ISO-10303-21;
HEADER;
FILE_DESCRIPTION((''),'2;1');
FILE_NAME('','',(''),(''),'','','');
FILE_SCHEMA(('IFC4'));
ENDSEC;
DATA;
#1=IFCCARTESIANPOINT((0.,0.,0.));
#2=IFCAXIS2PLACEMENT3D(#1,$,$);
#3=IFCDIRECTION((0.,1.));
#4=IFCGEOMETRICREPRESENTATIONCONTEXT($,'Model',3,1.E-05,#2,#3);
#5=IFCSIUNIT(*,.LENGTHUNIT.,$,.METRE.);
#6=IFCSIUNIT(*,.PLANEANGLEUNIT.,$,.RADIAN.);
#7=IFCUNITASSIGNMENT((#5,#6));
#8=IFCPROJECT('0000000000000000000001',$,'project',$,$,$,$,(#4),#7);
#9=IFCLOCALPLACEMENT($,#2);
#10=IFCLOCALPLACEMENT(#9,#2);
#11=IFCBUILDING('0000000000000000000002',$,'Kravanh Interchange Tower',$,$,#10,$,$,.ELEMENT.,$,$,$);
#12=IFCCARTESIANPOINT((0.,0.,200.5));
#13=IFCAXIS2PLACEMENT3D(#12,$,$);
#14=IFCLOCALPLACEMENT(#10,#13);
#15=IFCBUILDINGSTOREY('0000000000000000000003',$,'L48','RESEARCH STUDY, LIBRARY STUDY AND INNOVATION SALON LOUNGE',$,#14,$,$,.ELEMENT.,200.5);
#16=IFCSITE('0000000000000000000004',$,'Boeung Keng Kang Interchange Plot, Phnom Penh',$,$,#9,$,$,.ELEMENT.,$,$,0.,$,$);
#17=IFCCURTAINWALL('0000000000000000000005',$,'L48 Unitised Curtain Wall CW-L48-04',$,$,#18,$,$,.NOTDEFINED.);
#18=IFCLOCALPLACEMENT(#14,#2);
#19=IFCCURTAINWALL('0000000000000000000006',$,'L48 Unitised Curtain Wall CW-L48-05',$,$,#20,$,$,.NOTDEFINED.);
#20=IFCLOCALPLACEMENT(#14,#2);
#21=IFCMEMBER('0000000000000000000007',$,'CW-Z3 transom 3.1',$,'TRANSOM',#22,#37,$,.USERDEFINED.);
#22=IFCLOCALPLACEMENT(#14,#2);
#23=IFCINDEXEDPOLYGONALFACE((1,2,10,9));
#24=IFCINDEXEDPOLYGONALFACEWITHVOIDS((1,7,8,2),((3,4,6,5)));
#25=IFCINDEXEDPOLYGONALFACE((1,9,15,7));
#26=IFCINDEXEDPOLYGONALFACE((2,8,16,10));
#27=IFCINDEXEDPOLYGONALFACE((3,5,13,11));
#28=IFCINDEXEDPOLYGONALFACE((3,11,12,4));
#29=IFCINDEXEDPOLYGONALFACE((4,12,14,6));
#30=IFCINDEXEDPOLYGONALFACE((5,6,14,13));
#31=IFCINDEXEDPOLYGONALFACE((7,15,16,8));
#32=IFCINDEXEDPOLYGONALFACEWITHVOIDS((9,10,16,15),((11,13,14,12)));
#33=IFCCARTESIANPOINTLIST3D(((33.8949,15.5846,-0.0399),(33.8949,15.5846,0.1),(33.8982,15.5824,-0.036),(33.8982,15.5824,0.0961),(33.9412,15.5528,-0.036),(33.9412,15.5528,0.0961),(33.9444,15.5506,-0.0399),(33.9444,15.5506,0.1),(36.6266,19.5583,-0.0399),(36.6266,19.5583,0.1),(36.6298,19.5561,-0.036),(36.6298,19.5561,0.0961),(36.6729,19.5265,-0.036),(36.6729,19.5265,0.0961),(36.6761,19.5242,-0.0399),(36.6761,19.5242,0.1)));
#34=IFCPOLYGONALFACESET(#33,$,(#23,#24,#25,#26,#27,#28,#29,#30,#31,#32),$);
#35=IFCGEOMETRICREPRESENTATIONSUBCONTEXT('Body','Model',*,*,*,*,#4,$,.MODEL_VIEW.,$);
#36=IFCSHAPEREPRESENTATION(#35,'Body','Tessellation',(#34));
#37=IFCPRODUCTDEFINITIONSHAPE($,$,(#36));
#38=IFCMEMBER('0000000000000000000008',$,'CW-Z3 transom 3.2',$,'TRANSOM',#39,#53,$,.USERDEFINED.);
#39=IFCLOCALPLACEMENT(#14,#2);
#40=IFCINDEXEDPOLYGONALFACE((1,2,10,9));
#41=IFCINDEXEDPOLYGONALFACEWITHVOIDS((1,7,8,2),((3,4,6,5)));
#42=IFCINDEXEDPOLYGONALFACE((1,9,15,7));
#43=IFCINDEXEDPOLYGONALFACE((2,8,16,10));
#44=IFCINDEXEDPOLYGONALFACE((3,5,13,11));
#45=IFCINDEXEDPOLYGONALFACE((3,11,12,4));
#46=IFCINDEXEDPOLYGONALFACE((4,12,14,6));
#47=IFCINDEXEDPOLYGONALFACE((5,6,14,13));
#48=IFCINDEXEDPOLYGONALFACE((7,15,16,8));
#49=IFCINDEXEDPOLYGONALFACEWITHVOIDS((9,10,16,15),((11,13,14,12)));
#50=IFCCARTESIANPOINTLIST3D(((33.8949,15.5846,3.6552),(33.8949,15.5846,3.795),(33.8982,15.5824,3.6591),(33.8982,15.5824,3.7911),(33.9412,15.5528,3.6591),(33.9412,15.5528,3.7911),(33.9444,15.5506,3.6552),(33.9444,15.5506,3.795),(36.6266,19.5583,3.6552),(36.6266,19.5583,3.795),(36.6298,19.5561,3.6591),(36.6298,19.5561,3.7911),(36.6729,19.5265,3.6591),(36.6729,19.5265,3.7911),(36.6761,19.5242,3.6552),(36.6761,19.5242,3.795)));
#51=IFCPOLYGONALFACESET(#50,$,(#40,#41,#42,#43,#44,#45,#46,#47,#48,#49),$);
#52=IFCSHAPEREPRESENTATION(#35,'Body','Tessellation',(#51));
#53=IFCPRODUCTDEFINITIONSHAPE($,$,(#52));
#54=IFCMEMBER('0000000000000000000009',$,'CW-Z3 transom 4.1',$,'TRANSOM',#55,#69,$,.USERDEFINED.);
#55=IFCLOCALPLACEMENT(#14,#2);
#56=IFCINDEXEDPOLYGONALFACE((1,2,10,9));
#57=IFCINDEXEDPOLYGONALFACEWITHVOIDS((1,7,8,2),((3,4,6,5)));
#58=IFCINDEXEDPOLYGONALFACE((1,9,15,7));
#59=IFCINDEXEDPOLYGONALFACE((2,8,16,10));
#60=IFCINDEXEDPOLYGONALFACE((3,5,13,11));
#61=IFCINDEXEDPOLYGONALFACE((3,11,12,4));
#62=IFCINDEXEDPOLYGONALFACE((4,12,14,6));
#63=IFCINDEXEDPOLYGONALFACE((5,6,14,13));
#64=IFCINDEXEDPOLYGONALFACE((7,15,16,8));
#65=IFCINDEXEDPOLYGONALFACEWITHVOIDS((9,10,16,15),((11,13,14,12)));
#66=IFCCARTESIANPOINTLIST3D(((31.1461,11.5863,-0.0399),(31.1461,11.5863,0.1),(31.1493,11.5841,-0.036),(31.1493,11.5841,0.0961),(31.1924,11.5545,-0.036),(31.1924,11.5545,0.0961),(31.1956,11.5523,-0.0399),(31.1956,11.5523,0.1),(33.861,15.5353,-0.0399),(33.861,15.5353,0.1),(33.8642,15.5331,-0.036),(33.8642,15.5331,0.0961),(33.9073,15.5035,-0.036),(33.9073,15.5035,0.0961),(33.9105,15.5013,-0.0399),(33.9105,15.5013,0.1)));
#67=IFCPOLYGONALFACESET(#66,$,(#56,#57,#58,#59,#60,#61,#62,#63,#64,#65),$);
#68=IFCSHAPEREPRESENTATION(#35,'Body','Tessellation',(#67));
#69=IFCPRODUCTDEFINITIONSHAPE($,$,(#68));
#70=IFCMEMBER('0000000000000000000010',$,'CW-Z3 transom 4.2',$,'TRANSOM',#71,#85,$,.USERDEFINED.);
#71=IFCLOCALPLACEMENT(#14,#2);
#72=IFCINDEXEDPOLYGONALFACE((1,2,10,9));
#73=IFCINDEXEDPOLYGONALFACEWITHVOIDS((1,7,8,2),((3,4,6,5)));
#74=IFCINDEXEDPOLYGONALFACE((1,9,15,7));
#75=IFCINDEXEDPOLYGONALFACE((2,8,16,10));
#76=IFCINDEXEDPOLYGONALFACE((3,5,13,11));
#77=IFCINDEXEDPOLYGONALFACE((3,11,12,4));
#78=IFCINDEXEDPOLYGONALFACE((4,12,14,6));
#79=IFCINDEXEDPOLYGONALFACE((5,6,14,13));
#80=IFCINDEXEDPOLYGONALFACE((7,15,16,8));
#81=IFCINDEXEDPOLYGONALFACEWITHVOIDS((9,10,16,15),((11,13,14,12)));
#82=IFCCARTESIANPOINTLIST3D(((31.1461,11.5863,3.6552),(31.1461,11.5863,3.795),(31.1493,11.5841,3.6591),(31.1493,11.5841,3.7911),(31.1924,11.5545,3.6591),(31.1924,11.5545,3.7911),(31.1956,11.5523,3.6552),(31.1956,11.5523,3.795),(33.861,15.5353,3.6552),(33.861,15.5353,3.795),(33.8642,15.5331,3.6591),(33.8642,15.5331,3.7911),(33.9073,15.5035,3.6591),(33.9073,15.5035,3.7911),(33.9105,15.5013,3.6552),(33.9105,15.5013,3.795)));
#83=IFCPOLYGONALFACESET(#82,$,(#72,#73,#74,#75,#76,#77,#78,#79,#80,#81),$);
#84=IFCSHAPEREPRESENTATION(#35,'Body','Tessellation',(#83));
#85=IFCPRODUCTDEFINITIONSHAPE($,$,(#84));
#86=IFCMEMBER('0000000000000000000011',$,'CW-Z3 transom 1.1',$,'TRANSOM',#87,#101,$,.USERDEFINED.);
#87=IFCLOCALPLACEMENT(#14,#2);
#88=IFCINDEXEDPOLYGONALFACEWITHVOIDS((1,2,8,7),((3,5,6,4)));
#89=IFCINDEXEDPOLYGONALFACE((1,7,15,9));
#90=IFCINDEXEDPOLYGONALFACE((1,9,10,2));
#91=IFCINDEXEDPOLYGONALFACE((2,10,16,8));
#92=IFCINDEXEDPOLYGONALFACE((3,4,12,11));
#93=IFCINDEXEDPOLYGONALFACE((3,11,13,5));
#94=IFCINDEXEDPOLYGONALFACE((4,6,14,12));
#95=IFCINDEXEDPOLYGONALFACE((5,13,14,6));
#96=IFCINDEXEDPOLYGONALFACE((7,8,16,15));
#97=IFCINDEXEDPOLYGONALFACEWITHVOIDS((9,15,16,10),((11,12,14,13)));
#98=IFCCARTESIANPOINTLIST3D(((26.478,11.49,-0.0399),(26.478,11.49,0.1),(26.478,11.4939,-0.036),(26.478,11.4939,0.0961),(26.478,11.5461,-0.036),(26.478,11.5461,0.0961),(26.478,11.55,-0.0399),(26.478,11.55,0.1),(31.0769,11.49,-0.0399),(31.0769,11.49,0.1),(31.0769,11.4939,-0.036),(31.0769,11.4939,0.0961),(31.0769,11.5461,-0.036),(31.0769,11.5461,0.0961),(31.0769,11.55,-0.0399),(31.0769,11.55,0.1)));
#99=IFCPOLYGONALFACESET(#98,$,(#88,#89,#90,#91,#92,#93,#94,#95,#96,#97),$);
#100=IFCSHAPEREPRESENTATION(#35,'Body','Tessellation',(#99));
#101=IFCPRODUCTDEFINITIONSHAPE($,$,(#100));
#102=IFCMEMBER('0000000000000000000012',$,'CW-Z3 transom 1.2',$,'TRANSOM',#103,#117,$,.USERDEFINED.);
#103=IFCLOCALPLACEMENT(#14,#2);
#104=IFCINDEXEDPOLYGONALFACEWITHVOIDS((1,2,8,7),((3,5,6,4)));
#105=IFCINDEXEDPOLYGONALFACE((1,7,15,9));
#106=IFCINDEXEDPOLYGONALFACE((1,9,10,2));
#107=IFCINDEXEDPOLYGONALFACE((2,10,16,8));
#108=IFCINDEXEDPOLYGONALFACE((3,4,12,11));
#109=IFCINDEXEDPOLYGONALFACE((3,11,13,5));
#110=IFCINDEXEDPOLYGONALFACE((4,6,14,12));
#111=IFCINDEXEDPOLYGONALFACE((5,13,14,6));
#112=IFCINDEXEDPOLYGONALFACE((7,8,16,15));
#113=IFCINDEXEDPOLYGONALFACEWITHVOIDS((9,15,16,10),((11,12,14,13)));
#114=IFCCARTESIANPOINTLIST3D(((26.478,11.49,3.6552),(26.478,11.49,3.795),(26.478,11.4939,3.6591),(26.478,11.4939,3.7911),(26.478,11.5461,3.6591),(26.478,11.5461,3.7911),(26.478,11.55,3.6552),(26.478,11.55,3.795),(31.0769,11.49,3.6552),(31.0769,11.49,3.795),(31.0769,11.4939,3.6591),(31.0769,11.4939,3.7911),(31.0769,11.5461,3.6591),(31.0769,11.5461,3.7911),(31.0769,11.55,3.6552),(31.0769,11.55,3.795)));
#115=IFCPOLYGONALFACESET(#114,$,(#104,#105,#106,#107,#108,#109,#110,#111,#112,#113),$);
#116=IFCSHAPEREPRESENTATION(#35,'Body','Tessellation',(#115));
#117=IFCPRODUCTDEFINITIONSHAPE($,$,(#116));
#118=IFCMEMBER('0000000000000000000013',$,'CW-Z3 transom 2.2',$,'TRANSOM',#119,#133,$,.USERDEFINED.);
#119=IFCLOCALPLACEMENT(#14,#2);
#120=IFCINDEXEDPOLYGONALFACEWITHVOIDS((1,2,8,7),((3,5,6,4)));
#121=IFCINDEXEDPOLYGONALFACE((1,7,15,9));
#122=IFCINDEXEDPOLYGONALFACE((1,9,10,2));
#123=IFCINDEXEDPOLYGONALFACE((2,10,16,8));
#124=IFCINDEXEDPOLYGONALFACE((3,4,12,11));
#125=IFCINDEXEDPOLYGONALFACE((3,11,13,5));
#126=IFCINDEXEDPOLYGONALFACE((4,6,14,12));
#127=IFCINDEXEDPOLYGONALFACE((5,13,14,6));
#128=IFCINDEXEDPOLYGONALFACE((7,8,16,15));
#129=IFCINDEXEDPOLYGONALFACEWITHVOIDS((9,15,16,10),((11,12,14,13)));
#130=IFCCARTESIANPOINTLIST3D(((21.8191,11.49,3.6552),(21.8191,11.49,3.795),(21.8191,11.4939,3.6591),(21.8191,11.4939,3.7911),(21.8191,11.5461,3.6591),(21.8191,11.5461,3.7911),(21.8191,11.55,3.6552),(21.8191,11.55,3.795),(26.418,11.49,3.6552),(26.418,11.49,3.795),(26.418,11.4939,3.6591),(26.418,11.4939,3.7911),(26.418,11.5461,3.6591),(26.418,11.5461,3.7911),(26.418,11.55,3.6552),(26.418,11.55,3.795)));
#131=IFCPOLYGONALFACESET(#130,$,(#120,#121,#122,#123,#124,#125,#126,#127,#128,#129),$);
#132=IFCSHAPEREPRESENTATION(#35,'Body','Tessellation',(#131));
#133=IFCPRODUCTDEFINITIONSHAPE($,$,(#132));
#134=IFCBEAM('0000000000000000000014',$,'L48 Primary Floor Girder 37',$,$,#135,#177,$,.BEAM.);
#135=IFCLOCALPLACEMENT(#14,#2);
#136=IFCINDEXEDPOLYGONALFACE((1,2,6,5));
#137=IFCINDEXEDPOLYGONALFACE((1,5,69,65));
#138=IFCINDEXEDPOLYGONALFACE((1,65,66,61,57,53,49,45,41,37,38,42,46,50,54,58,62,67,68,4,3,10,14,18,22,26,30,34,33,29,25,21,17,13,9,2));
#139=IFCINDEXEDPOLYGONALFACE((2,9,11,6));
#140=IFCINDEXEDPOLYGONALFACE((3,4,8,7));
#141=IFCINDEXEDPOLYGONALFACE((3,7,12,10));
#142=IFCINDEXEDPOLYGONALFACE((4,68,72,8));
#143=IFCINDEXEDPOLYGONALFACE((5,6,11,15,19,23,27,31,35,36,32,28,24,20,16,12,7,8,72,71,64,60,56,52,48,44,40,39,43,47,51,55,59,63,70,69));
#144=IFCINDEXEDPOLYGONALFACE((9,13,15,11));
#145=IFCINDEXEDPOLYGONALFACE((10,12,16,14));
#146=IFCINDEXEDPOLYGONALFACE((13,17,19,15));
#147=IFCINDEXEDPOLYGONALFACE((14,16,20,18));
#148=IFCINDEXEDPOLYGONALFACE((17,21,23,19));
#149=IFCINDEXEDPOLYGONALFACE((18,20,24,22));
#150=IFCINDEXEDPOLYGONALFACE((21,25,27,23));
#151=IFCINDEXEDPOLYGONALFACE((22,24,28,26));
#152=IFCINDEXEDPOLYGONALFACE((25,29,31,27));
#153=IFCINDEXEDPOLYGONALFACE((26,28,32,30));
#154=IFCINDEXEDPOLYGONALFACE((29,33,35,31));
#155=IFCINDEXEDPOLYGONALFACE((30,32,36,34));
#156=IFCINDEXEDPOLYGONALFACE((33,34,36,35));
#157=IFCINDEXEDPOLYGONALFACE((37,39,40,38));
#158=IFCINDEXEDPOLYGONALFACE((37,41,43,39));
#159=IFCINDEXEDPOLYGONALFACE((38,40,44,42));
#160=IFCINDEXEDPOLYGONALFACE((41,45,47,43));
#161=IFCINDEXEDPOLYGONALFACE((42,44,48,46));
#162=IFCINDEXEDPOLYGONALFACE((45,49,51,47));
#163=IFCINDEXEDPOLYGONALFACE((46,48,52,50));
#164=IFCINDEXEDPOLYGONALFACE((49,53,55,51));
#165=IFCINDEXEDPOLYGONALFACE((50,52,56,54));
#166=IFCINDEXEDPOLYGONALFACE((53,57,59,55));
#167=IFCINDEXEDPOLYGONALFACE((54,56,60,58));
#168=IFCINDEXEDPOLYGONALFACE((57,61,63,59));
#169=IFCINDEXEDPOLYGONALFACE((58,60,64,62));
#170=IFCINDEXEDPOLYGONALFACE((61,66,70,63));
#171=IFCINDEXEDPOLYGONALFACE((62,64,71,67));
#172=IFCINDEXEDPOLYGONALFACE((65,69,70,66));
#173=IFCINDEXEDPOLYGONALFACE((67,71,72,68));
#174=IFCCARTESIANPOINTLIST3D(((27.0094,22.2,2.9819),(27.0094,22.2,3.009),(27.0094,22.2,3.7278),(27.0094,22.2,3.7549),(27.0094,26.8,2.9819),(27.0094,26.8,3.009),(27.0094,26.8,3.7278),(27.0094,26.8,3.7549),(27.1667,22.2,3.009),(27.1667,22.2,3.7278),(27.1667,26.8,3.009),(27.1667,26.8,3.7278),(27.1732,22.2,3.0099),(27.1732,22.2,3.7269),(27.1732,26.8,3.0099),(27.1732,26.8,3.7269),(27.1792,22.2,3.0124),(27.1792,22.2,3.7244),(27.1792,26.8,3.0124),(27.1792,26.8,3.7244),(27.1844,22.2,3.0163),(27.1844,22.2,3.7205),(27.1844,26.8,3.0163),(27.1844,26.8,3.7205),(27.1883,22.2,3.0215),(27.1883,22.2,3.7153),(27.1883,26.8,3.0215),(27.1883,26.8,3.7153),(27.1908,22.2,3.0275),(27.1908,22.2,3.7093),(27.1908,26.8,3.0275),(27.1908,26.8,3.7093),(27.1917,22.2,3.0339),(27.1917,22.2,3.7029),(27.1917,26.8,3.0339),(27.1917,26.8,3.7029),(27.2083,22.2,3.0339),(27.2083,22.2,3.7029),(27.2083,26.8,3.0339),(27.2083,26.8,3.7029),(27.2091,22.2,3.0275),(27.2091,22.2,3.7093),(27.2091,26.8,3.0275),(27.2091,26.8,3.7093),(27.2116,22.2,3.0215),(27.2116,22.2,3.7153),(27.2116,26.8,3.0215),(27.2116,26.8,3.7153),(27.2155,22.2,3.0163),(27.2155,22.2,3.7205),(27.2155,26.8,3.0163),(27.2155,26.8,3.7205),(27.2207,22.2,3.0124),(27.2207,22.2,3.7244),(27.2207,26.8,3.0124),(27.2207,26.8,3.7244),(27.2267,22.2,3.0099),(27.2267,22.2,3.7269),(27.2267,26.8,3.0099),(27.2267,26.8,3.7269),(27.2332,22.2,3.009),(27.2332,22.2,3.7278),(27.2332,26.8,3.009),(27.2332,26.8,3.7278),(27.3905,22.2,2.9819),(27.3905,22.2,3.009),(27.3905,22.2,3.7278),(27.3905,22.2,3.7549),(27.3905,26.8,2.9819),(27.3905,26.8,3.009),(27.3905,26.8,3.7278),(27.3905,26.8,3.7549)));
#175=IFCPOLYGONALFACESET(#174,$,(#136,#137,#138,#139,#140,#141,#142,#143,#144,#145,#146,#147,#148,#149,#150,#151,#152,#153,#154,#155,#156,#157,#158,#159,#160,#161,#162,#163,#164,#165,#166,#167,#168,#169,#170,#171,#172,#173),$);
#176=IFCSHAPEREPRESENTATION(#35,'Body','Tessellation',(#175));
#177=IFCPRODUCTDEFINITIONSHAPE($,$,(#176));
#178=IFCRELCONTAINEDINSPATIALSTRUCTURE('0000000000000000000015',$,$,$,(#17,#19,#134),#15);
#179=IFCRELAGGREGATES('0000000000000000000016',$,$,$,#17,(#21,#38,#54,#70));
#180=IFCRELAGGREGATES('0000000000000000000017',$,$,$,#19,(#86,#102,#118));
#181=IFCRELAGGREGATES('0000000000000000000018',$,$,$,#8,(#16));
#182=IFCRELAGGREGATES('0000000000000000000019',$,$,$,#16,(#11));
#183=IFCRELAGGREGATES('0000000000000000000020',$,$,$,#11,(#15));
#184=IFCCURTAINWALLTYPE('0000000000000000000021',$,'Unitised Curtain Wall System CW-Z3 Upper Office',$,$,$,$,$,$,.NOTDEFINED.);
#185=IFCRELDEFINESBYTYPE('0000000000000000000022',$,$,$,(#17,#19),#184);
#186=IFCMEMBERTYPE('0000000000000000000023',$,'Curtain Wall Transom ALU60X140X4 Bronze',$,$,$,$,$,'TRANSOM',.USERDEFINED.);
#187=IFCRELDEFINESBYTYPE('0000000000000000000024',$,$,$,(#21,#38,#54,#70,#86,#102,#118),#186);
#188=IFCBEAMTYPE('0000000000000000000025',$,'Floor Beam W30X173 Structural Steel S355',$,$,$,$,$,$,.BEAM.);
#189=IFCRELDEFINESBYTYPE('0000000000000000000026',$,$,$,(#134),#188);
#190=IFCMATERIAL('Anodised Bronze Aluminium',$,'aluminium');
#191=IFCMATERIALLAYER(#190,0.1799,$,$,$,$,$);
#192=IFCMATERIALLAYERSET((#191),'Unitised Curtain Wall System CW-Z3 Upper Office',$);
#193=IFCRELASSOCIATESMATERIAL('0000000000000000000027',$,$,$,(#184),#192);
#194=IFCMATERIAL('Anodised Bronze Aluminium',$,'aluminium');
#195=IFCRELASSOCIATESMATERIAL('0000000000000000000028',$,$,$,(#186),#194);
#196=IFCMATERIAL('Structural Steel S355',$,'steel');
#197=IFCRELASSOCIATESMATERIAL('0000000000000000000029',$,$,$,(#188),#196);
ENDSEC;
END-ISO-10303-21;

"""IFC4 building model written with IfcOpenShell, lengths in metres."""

from ifc_helpers import new_model, si_unit, direction, frame, origin, origin_2d, place, context, subcontext, project, spatial, hollow_rectangle, i_section, extrude, material, layer, layer_set, material_profile, profile_set, type_object, element, aggregate, save


model = new_model("IFC4")

# Units and contexts
model_context = context("Model", 3, precision=1e-05, world=origin(), true_north=direction((0.0, 1.0)))
body_context = subcontext(model_context, "Body", "Model", "MODEL_VIEW")
ifc_project = project(units=[si_unit("LENGTHUNIT", "METRE"), si_unit("PLANEANGLEUNIT", "RADIAN")], contexts=[model_context])

# Site, building, storey
site_placement = place(None, origin())
site = spatial("IfcSite", under=ifc_project, at=site_placement, Name="Boeung Keng Kang Interchange Plot, Phnom Penh", CompositionType="ELEMENT", RefElevation=0.0)
building_placement = place(site_placement, origin())
building = spatial("IfcBuilding", under=site, at=building_placement, Name="Kravanh Interchange Tower", CompositionType="ELEMENT")
storey_placement = place(building_placement, frame((0.0, 0.0, 200.5)))
storey = spatial("IfcBuildingStorey", under=building, at=storey_placement, Name="L48", Description="RESEARCH STUDY, LIBRARY STUDY AND INNOVATION SALON LOUNGE", CompositionType="ELEMENT", Elevation=200.5)

# Curtain walls
ifc_material_1 = material(Name="Anodised Bronze Aluminium", Category="aluminium")
ifc_layer_1 = layer(ifc_material_1, 0.1799)
ifc_layer_set_1 = layer_set([ifc_layer_1], Name="Unitised Curtain Wall System CW-Z3 Upper Office")
curtain_wall_type = type_object("IfcCurtainWallType", Name="Unitised Curtain Wall System CW-Z3 Upper Office", PredefinedType="NOTDEFINED", material=ifc_layer_set_1)
curtain_wall_1_placement = place(storey_placement, origin())
curtain_wall_1 = element("IfcCurtainWall", 1, at=curtain_wall_1_placement, inside=storey, type_object=curtain_wall_type, Name="L48 Unitised Curtain Wall CW-L48-04", PredefinedType="NOTDEFINED")
curtain_wall_2_placement = place(storey_placement, origin())
curtain_wall_2 = element("IfcCurtainWall", 2, at=curtain_wall_2_placement, inside=storey, type_object=curtain_wall_type, Name="L48 Unitised Curtain Wall CW-L48-05", PredefinedType="NOTDEFINED")

# Members
ifc_material_2 = material(Name="Anodised Bronze Aluminium", Category="aluminium")
ifc_material_profile_1 = material_profile(ifc_material_2, hollow_rectangle(XDim=0.0601, YDim=0.1399, WallThickness=0.0039, at=origin_2d()), Name="ALU60X140X4")
ifc_profile_set_1 = profile_set([ifc_material_profile_1], Name="Anodised Bronze Aluminium")
member_type_1 = type_object("IfcMemberType", Name="Curtain Wall Transom ALU60X140X4 Bronze", ElementType="TRANSOM", PredefinedType="USERDEFINED", material=ifc_profile_set_1)
member_1_placement = place(storey_placement, frame((36.6514, 19.5413, 0.03), z_axis=(-0.566503, -0.82406, 0.0), x_axis=(0.82406, -0.566503, 0.0)))
member_1 = element("IfcMember", 3, at=member_1_placement, type_object=member_type_1, Name="CW-Z3 transom 3.1", ObjectType="TRANSOM", PredefinedType="USERDEFINED", context=body_context, shape_type="SweptSolid", body=[
    extrude(hollow_rectangle(XDim=0.0601, YDim=0.1399, WallThickness=0.0039, at=origin_2d()), origin(), (0.0, 0.0, 1.0), 4.822),
])
member_2_placement = place(storey_placement, frame((36.6514, 19.5413, 3.7251), z_axis=(-0.566503, -0.82406, 0.0), x_axis=(0.82406, -0.566503, 0.0)))
member_2 = element("IfcMember", 4, at=member_2_placement, type_object=member_type_1, Name="CW-Z3 transom 3.2", ObjectType="TRANSOM", PredefinedType="USERDEFINED", context=body_context, shape_type="SweptSolid", body=[
    extrude(hollow_rectangle(XDim=0.0601, YDim=0.1399, WallThickness=0.0039, at=origin_2d()), origin(), (0.0, 0.0, 1.0), 4.822),
])
member_3_placement = place(storey_placement, frame((33.8857, 15.5183, 0.03), z_axis=(-0.566518, -0.824049, 0.0), x_axis=(0.824049, -0.566518, 0.0)))
member_3 = element("IfcMember", 5, at=member_3_placement, type_object=member_type_1, Name="CW-Z3 transom 4.1", ObjectType="TRANSOM", PredefinedType="USERDEFINED", context=body_context, shape_type="SweptSolid", body=[
    extrude(hollow_rectangle(XDim=0.0601, YDim=0.1399, WallThickness=0.0039, at=origin_2d()), origin(), (0.0, 0.0, 1.0), 4.7922),
])
member_4_placement = place(storey_placement, frame((33.8857, 15.5183, 3.7251), z_axis=(-0.566518, -0.824049, 0.0), x_axis=(0.824049, -0.566518, 0.0)))
member_4 = element("IfcMember", 6, at=member_4_placement, type_object=member_type_1, Name="CW-Z3 transom 4.2", ObjectType="TRANSOM", PredefinedType="USERDEFINED", context=body_context, shape_type="SweptSolid", body=[
    extrude(hollow_rectangle(XDim=0.0601, YDim=0.1399, WallThickness=0.0039, at=origin_2d()), origin(), (0.0, 0.0, 1.0), 4.7922),
])
member_5_placement = place(storey_placement, frame((31.0769, 11.52, 0.03), z_axis=(-1.0, 0.0, 0.0), x_axis=(0.0, -1.0, 0.0)))
member_5 = element("IfcMember", 7, at=member_5_placement, type_object=member_type_1, Name="CW-Z3 transom 1.1", ObjectType="TRANSOM", PredefinedType="USERDEFINED", context=body_context, shape_type="SweptSolid", body=[
    extrude(hollow_rectangle(XDim=0.0601, YDim=0.1399, WallThickness=0.0039, at=origin_2d()), origin(), (0.0, 0.0, 1.0), 4.5989),
])
member_6_placement = place(storey_placement, frame((31.0769, 11.52, 3.7251), z_axis=(-1.0, 0.0, 0.0), x_axis=(0.0, -1.0, 0.0)))
member_6 = element("IfcMember", 8, at=member_6_placement, type_object=member_type_1, Name="CW-Z3 transom 1.2", ObjectType="TRANSOM", PredefinedType="USERDEFINED", context=body_context, shape_type="SweptSolid", body=[
    extrude(hollow_rectangle(XDim=0.0601, YDim=0.1399, WallThickness=0.0039, at=origin_2d()), origin(), (0.0, 0.0, 1.0), 4.5989),
])
member_7_placement = place(storey_placement, frame((26.418, 11.52, 3.7251), z_axis=(-1.0, 0.0, 0.0), x_axis=(0.0, -1.0, 0.0)))
member_7 = element("IfcMember", 9, at=member_7_placement, type_object=member_type_1, Name="CW-Z3 transom 2.2", ObjectType="TRANSOM", PredefinedType="USERDEFINED", context=body_context, shape_type="SweptSolid", body=[
    extrude(hollow_rectangle(XDim=0.0601, YDim=0.1399, WallThickness=0.0039, at=origin_2d()), origin(), (0.0, 0.0, 1.0), 4.5989),
])

# Beam
ifc_material_3 = material(Name="Structural Steel S355", Category="steel")
ifc_material_profile_2 = material_profile(ifc_material_3, i_section(OverallWidth=0.3811, OverallDepth=0.7729, WebThickness=0.0166, FlangeThickness=0.0271, FilletRadius=0.0249, at=origin_2d()), Name="W30X173")
ifc_profile_set_2 = profile_set([ifc_material_profile_2], Name="Structural Steel S355")
beam_type_1 = type_object("IfcBeamType", Name="Floor Beam W30X173 Structural Steel S355", PredefinedType="BEAM", material=ifc_profile_set_2)
beam_1_placement = place(storey_placement, frame((27.2, 26.8, 3.3684), z_axis=(0.0, -1.0, 0.0), x_axis=(1.0, 0.0, 0.0)))
element("IfcBeam", 10, at=beam_1_placement, inside=storey, type_object=beam_type_1, Name="L48 Primary Floor Girder 37", PredefinedType="BEAM", context=body_context, shape_type="SweptSolid", body=[
    extrude(i_section(OverallWidth=0.3811, OverallDepth=0.7729, WebThickness=0.0166, FlangeThickness=0.0271, FilletRadius=0.0249, at=origin_2d()), origin(), (0.0, 0.0, 1.0), 4.6001),
])

aggregate(curtain_wall_1, [member_1, member_2, member_3, member_4])
aggregate(curtain_wall_2, [member_5, member_6, member_7])

save(model, "model.ifc")
